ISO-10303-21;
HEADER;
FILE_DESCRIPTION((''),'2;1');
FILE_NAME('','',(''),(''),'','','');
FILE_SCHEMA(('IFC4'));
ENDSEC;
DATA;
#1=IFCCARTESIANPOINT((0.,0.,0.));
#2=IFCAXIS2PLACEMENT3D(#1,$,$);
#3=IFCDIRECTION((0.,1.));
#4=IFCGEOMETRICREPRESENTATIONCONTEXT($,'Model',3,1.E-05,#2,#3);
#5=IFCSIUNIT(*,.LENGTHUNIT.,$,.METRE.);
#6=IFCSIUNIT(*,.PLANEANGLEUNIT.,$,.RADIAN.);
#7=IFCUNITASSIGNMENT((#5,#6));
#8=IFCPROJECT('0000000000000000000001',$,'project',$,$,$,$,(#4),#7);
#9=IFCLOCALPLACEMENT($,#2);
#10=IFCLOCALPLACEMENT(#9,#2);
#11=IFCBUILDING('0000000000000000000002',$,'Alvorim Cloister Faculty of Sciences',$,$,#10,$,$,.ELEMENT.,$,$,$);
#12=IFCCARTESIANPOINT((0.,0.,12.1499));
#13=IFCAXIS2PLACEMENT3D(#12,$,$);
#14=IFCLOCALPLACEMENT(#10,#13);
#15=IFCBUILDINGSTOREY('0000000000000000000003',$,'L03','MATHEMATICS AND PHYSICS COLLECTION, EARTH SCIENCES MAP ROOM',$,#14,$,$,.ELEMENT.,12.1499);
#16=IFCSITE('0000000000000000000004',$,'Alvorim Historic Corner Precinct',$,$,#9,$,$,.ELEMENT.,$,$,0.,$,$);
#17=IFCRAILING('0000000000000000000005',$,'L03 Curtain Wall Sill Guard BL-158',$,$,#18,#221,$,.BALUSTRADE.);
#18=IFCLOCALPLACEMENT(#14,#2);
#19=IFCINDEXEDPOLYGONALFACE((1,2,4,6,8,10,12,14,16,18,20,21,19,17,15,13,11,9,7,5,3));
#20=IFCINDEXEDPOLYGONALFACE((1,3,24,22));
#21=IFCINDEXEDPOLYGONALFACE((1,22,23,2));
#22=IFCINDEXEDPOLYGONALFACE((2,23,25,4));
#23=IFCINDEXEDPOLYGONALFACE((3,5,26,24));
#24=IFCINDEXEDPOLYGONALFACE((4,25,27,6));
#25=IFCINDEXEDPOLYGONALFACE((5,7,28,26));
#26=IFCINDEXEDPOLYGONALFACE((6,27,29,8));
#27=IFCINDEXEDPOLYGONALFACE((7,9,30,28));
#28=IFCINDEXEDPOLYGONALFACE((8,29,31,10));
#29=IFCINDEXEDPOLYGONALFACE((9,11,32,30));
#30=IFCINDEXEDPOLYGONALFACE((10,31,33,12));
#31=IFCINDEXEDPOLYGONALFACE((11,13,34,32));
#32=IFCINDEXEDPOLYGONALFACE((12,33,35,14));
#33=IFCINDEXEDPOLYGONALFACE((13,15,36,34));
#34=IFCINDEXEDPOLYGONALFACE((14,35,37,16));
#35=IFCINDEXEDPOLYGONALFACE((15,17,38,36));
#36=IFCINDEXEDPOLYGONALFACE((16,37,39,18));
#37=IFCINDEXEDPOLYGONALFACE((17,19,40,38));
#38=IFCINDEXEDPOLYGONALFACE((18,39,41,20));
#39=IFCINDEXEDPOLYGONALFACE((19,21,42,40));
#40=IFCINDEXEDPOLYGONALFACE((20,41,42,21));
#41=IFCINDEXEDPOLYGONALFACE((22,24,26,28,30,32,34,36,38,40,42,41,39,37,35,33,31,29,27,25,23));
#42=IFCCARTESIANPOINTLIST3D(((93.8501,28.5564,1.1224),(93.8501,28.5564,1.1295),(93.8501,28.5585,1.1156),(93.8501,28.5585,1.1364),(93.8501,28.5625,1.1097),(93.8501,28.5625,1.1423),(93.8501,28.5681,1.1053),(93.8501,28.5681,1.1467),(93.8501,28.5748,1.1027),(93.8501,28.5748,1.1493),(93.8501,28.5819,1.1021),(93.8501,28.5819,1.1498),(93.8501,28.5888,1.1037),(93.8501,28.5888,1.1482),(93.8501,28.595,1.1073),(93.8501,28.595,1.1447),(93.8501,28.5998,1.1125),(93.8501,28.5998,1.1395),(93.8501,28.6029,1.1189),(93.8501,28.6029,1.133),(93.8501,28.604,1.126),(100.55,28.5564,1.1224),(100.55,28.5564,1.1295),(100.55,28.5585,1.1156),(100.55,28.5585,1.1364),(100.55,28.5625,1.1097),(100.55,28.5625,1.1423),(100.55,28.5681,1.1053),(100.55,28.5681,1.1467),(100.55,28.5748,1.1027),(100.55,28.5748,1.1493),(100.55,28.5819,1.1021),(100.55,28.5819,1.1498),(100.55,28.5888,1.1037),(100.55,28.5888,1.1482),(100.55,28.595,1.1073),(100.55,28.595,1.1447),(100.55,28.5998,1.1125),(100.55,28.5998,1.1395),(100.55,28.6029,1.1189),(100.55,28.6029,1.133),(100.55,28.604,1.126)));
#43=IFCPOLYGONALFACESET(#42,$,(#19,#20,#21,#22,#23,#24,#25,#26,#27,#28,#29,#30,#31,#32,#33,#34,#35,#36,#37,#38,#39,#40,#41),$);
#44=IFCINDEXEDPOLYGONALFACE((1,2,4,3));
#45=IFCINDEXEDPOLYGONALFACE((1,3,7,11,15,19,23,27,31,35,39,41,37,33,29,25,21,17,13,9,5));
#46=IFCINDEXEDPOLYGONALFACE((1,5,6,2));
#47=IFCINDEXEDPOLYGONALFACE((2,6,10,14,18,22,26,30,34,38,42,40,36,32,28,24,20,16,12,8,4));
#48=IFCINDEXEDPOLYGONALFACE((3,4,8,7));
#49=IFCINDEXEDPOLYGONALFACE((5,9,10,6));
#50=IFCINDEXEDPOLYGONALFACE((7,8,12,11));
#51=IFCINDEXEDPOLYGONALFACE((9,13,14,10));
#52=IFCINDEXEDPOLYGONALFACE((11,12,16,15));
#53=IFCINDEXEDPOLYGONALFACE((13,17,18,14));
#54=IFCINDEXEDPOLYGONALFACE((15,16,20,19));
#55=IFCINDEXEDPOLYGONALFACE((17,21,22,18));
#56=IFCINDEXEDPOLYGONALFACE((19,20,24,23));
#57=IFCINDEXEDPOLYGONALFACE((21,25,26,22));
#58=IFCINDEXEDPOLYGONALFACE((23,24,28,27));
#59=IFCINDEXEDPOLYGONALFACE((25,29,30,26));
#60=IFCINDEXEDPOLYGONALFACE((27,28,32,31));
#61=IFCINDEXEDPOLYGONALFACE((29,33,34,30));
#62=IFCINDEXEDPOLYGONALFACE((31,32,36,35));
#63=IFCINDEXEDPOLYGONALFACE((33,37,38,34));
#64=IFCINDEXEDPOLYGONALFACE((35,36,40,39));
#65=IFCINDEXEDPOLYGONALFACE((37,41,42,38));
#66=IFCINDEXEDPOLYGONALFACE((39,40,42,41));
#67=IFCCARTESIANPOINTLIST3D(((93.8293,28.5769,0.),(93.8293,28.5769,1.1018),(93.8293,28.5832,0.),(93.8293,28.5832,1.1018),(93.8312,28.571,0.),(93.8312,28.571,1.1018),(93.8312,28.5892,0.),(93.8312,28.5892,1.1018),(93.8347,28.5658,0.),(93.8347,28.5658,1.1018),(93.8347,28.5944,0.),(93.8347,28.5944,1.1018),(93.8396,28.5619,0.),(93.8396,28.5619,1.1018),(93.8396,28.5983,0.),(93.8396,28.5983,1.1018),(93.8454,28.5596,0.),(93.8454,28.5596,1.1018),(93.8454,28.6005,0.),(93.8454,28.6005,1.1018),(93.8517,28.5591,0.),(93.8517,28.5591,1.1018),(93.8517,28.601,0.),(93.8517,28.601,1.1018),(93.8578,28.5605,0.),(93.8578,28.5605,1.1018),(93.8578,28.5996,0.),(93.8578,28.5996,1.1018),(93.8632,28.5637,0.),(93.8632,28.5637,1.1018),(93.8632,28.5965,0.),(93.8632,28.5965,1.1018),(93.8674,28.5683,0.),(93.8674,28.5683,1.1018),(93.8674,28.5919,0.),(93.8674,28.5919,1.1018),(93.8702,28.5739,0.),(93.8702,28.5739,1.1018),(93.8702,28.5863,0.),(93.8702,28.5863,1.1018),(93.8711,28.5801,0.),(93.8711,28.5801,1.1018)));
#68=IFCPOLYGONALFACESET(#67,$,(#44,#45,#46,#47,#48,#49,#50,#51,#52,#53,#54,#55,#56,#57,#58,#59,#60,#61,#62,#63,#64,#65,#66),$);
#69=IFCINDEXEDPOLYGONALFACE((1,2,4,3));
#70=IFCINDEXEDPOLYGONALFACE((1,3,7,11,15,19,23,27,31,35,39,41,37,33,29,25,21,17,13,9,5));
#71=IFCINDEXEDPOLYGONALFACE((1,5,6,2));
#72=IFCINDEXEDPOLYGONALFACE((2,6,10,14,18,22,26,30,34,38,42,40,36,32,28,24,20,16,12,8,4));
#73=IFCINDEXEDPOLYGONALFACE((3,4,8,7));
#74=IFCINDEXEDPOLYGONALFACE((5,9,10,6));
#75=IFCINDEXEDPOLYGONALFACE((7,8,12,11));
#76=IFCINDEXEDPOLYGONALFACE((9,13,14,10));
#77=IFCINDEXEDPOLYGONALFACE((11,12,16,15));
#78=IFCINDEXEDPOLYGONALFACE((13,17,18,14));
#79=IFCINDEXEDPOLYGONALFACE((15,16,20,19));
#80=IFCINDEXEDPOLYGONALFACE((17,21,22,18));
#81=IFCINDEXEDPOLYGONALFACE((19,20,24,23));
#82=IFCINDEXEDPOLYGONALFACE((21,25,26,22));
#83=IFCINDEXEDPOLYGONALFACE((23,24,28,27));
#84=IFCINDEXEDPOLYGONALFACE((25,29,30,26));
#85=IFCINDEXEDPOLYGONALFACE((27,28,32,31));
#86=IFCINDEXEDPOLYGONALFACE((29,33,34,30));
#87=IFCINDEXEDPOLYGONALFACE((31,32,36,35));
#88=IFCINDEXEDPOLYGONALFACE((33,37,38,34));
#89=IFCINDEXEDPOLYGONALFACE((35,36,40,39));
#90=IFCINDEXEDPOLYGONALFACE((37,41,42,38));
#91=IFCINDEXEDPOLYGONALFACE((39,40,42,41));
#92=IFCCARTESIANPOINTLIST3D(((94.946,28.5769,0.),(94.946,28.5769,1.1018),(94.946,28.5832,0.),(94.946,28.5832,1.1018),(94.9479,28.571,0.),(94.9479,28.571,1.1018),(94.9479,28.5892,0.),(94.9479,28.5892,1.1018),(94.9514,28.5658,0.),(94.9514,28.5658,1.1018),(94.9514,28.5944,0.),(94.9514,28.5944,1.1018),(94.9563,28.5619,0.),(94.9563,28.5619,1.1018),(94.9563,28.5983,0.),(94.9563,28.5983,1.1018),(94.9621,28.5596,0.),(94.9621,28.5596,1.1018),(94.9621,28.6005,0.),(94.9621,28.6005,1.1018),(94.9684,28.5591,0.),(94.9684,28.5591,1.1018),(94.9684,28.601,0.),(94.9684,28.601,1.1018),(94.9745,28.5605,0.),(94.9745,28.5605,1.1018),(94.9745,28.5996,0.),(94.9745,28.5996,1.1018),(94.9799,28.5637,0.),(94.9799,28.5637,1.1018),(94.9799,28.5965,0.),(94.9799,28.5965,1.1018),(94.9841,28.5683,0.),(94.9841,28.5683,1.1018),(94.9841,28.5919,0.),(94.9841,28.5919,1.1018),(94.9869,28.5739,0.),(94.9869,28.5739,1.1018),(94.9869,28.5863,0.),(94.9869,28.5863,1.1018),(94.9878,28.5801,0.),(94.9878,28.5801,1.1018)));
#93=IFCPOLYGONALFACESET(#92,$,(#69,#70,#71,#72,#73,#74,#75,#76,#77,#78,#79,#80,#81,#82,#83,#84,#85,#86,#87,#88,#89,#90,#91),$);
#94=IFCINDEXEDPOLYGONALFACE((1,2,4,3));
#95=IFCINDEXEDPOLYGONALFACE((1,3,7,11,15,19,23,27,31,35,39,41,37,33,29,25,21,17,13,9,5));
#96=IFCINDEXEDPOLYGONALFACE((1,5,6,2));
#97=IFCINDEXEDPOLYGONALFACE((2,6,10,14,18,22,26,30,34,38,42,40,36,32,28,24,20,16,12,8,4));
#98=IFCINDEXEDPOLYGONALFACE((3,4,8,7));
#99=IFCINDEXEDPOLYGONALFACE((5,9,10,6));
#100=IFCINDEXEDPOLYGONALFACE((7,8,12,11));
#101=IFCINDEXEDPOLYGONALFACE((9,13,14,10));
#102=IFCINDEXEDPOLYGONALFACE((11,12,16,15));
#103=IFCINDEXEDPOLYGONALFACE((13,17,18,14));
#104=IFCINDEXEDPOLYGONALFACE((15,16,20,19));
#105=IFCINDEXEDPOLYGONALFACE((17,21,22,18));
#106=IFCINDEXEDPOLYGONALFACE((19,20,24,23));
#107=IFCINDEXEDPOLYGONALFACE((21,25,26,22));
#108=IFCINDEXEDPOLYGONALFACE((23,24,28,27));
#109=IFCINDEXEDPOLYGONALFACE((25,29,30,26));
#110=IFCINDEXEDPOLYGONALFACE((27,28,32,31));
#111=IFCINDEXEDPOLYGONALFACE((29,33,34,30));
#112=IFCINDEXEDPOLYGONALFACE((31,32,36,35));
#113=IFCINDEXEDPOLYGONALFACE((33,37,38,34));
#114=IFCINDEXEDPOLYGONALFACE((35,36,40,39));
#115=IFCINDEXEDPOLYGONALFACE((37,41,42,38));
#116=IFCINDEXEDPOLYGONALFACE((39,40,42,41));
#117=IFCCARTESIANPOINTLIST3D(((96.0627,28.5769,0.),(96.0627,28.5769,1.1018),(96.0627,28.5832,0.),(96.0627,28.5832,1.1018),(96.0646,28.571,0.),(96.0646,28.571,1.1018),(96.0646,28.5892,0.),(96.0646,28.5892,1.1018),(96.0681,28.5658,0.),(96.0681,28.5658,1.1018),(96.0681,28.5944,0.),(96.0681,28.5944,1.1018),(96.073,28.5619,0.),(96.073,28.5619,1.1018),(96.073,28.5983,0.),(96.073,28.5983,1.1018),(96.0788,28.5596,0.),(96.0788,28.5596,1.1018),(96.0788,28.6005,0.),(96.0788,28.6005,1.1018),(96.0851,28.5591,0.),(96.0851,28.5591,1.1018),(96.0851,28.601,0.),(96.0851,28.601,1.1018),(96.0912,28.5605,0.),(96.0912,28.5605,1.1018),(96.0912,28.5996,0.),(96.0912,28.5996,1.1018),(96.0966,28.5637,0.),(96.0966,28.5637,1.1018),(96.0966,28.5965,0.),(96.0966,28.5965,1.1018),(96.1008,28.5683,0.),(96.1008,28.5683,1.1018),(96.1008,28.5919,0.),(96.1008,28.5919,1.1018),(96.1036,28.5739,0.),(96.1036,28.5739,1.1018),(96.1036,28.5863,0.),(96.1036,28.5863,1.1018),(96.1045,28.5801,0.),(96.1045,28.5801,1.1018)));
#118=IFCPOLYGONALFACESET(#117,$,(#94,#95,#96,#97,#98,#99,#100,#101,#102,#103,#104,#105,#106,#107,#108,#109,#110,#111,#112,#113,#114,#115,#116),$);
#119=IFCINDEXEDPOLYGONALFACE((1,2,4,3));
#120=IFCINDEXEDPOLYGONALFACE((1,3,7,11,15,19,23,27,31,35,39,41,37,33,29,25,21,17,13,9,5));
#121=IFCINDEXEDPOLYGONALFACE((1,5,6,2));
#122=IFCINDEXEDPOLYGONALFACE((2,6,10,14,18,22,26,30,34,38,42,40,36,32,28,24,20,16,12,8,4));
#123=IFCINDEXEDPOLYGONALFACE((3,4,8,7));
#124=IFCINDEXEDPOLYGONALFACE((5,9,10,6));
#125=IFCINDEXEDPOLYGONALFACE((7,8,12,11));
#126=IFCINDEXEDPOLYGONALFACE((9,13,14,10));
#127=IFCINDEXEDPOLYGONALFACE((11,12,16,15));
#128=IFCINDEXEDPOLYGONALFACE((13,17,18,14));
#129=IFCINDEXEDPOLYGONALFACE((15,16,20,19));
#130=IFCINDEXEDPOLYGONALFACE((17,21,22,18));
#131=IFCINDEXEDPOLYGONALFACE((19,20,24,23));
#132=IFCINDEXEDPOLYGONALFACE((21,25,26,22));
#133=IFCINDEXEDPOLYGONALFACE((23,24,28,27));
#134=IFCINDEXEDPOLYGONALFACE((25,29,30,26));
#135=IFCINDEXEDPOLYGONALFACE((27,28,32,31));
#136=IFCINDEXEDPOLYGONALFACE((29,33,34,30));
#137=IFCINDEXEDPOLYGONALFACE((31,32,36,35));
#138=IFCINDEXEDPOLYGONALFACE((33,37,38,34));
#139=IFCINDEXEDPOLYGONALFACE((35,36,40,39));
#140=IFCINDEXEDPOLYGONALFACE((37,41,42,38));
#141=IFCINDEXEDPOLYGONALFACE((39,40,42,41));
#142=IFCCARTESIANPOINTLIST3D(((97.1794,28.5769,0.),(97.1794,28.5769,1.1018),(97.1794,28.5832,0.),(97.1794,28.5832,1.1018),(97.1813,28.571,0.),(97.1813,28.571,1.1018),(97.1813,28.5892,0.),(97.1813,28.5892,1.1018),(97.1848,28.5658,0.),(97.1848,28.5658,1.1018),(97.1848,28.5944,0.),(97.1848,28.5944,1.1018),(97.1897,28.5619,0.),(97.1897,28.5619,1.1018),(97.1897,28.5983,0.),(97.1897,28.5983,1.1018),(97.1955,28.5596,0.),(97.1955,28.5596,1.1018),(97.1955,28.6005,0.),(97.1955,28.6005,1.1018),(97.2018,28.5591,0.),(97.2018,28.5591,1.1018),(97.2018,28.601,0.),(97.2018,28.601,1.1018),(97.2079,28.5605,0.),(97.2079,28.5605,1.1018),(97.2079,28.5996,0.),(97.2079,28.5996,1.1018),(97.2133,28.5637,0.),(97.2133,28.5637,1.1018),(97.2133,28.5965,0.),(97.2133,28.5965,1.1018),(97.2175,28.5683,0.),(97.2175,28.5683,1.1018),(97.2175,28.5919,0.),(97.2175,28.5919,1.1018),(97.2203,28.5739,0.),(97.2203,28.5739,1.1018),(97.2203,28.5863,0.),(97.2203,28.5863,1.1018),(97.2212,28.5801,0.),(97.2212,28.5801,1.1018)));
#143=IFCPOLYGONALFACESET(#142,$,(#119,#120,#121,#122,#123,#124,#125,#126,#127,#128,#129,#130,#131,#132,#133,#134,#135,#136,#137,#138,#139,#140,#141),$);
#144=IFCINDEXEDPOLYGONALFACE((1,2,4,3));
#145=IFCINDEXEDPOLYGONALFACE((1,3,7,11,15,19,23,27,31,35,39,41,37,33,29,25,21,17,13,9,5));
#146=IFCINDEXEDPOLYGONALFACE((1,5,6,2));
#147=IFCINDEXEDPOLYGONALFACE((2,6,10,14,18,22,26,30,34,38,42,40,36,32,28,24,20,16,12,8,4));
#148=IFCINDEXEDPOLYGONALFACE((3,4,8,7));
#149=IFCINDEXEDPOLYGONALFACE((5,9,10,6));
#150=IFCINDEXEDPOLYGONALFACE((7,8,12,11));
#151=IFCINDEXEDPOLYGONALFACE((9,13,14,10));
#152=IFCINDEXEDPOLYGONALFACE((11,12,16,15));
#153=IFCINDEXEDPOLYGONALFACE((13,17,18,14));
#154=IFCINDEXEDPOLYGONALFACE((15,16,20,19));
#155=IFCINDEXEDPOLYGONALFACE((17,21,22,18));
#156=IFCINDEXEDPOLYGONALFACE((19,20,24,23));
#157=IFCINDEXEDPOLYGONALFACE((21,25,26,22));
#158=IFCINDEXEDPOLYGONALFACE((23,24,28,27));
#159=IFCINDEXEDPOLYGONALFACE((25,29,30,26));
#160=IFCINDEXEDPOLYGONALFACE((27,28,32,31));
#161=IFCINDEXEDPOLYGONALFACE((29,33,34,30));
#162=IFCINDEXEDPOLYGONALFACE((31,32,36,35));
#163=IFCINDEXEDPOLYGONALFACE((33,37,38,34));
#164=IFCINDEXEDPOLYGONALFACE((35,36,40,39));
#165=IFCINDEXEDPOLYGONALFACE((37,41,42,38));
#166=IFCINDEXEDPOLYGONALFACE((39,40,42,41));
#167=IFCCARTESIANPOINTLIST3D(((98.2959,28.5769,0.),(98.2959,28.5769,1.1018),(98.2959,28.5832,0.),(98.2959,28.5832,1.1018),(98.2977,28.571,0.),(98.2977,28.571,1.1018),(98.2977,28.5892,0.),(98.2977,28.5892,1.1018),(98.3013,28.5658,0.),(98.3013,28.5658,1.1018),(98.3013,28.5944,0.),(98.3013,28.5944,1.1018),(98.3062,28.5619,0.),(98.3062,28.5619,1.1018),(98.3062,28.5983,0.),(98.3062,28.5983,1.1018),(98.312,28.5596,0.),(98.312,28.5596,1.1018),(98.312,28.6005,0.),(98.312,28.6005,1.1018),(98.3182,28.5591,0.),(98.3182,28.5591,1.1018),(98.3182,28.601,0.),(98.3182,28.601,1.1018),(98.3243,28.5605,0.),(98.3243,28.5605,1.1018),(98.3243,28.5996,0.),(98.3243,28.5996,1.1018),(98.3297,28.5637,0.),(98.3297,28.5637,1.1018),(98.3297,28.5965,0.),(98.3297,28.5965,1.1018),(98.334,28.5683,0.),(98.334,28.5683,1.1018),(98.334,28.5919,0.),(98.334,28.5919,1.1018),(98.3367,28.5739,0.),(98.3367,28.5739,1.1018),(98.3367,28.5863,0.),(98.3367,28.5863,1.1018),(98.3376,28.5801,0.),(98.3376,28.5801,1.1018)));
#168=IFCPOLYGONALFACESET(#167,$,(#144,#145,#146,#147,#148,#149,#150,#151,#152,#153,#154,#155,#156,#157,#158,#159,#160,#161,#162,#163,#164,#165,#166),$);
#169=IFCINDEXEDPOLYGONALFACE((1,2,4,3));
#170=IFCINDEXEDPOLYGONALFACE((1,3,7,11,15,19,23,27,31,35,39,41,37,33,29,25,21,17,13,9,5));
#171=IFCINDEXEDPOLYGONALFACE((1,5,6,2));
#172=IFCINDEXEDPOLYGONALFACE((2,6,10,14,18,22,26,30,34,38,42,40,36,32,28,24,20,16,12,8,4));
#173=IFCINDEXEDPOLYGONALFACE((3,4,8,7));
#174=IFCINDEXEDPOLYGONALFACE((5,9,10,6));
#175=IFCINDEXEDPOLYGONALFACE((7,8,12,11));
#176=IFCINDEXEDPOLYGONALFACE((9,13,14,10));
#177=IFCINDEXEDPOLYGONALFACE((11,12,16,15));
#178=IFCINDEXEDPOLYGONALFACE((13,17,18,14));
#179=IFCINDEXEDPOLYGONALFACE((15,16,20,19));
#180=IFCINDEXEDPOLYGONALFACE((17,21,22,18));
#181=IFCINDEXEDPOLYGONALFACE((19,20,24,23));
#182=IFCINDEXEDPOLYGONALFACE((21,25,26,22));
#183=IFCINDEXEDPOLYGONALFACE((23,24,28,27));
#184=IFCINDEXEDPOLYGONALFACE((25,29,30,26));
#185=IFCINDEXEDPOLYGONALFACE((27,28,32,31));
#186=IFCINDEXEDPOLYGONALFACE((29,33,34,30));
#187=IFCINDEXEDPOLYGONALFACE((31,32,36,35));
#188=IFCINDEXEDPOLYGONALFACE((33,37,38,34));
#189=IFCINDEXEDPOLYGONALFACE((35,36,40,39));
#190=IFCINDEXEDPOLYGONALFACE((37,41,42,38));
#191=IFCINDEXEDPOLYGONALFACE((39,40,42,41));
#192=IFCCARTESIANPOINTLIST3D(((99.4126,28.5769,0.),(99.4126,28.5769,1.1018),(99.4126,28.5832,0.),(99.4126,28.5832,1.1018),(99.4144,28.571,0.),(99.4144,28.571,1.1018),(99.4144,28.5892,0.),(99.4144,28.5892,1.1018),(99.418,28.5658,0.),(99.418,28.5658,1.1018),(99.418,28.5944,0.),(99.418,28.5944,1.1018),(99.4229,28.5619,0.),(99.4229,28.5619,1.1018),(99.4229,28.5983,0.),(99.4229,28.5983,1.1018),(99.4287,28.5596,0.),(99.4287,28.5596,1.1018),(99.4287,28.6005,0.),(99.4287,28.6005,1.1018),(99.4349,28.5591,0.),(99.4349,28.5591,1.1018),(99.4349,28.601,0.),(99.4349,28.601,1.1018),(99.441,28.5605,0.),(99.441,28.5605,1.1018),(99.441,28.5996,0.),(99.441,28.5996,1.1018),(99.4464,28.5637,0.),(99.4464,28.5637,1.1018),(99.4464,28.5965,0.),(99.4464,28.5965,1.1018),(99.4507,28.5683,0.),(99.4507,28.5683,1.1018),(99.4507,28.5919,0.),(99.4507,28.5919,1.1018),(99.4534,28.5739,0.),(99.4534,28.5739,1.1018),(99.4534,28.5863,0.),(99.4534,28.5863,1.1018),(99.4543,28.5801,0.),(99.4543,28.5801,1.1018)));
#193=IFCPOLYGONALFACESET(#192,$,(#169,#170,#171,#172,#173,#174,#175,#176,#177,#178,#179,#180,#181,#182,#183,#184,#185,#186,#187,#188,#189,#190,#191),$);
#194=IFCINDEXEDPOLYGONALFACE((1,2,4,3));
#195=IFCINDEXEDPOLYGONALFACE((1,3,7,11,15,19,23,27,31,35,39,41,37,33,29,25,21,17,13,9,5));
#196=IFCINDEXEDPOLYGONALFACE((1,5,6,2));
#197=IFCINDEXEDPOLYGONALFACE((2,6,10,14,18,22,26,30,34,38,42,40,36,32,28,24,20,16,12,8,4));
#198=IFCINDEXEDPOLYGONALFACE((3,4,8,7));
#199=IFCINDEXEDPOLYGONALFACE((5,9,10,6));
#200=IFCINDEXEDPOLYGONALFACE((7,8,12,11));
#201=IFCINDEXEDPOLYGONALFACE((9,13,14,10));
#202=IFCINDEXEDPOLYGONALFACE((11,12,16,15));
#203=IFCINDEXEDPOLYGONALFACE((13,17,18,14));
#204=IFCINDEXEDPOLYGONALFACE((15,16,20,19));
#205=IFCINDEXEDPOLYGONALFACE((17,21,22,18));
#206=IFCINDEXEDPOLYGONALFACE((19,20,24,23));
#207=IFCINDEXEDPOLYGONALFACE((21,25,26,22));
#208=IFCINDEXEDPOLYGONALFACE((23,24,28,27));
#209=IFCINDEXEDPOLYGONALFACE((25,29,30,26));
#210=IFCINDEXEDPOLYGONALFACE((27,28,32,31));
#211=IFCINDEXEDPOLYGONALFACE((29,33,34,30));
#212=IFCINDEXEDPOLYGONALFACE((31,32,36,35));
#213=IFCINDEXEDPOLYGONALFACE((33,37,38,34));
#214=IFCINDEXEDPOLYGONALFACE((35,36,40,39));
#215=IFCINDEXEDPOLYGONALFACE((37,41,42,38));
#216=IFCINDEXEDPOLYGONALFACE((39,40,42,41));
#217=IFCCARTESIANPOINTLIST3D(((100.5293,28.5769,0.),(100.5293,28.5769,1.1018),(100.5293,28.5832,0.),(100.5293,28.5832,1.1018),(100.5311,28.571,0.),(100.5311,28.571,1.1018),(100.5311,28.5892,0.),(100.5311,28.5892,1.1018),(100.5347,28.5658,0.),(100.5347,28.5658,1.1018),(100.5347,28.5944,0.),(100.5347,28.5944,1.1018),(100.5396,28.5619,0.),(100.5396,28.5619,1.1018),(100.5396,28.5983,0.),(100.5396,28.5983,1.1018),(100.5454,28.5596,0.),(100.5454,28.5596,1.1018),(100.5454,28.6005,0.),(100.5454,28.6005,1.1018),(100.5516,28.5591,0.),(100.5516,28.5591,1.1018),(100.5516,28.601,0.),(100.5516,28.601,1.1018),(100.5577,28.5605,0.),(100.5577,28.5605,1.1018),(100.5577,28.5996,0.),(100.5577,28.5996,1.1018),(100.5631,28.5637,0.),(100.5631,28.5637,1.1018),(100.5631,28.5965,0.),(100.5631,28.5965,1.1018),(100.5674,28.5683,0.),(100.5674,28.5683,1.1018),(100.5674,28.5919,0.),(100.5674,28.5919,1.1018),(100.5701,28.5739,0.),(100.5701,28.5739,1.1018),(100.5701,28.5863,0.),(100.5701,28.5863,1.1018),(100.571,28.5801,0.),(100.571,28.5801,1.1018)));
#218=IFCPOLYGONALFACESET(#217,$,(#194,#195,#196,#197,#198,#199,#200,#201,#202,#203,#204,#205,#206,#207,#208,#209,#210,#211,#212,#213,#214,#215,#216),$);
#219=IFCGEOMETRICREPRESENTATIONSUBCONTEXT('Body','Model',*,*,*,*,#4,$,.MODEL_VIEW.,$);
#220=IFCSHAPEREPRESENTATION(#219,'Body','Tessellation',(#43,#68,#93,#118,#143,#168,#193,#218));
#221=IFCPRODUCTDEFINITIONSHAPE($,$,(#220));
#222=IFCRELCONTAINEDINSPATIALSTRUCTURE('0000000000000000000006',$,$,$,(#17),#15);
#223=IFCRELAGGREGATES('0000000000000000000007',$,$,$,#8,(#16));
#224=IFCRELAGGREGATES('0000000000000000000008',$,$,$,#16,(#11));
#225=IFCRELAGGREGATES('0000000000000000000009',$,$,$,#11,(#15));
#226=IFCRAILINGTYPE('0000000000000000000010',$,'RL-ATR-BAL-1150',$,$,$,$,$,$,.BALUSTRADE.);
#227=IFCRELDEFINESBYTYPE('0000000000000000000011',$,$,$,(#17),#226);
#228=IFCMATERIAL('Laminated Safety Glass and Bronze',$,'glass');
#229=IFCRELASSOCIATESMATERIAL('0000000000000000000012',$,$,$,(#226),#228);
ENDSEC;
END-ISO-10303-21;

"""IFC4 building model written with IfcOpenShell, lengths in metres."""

from ifc_helpers import new_model, si_unit, direction, frame, origin, origin_2d, place, context, subcontext, project, spatial, circle, extrude, material, type_object, element, save


model = new_model("IFC4")

# Units and contexts
model_context = context("Model", 3, precision=1e-05, world=origin(), true_north=direction((0.0, 1.0)))
body_context = subcontext(model_context, "Body", "Model", "MODEL_VIEW")
ifc_project = project(units=[si_unit("LENGTHUNIT", "METRE"), si_unit("PLANEANGLEUNIT", "RADIAN")], contexts=[model_context])

# Site, building, storey
site_placement = place(None, origin())
site = spatial("IfcSite", under=ifc_project, at=site_placement, Name="Alvorim Historic Corner Precinct", CompositionType="ELEMENT", RefElevation=0.0)
building_placement = place(site_placement, origin())
building = spatial("IfcBuilding", under=site, at=building_placement, Name="Alvorim Cloister Faculty of Sciences", CompositionType="ELEMENT")
storey_placement = place(building_placement, frame((0.0, 0.0, 12.1499)))
storey = spatial("IfcBuildingStorey", under=building, at=storey_placement, Name="L03", Description="MATHEMATICS AND PHYSICS COLLECTION, EARTH SCIENCES MAP ROOM", CompositionType="ELEMENT", Elevation=12.1499)

# Railing
ifc_material_1 = material(Name="Laminated Safety Glass and Bronze", Category="glass")
railing_type = type_object("IfcRailingType", Name="RL-ATR-BAL-1150", PredefinedType="BALUSTRADE", material=ifc_material_1)
railing_placement = place(storey_placement, frame((93.8501, 28.5801, 0.0)))
element("IfcRailing", 1, at=railing_placement, inside=storey, type_object=railing_type, Name="L03 Curtain Wall Sill Guard BL-158", PredefinedType="BALUSTRADE", context=body_context, shape_type="SweptSolid", body=[
    extrude(circle(Radius=0.0239, at=origin_2d()), frame((0.0, 0.0, 1.126), z_axis=(1.0, 0.0, 0.0), x_axis=(0.0, 1.0, 0.0)), (0.0, 0.0, 1.0), 6.7),
    extrude(circle(Radius=0.021, at=origin_2d()), origin(), (0.0, 0.0, 1.0), 1.1018),
    extrude(circle(Radius=0.021, at=origin_2d()), frame((1.1167, 0.0, 0.0)), (0.0, 0.0, 1.0), 1.1018),
    extrude(circle(Radius=0.021, at=origin_2d()), frame((2.2334, 0.0, 0.0)), (0.0, 0.0, 1.0), 1.1018),
    extrude(circle(Radius=0.021, at=origin_2d()), frame((3.3501, 0.0, 0.0)), (0.0, 0.0, 1.0), 1.1018),
    extrude(circle(Radius=0.021, at=origin_2d()), frame((4.4666, 0.0, 0.0)), (0.0, 0.0, 1.0), 1.1018),
    extrude(circle(Radius=0.021, at=origin_2d()), frame((5.5833, 0.0, 0.0)), (0.0, 0.0, 1.0), 1.1018),
    extrude(circle(Radius=0.021, at=origin_2d()), frame((6.7, 0.0, 0.0)), (0.0, 0.0, 1.0), 1.1018),
])

save(model, "model.ifc")
